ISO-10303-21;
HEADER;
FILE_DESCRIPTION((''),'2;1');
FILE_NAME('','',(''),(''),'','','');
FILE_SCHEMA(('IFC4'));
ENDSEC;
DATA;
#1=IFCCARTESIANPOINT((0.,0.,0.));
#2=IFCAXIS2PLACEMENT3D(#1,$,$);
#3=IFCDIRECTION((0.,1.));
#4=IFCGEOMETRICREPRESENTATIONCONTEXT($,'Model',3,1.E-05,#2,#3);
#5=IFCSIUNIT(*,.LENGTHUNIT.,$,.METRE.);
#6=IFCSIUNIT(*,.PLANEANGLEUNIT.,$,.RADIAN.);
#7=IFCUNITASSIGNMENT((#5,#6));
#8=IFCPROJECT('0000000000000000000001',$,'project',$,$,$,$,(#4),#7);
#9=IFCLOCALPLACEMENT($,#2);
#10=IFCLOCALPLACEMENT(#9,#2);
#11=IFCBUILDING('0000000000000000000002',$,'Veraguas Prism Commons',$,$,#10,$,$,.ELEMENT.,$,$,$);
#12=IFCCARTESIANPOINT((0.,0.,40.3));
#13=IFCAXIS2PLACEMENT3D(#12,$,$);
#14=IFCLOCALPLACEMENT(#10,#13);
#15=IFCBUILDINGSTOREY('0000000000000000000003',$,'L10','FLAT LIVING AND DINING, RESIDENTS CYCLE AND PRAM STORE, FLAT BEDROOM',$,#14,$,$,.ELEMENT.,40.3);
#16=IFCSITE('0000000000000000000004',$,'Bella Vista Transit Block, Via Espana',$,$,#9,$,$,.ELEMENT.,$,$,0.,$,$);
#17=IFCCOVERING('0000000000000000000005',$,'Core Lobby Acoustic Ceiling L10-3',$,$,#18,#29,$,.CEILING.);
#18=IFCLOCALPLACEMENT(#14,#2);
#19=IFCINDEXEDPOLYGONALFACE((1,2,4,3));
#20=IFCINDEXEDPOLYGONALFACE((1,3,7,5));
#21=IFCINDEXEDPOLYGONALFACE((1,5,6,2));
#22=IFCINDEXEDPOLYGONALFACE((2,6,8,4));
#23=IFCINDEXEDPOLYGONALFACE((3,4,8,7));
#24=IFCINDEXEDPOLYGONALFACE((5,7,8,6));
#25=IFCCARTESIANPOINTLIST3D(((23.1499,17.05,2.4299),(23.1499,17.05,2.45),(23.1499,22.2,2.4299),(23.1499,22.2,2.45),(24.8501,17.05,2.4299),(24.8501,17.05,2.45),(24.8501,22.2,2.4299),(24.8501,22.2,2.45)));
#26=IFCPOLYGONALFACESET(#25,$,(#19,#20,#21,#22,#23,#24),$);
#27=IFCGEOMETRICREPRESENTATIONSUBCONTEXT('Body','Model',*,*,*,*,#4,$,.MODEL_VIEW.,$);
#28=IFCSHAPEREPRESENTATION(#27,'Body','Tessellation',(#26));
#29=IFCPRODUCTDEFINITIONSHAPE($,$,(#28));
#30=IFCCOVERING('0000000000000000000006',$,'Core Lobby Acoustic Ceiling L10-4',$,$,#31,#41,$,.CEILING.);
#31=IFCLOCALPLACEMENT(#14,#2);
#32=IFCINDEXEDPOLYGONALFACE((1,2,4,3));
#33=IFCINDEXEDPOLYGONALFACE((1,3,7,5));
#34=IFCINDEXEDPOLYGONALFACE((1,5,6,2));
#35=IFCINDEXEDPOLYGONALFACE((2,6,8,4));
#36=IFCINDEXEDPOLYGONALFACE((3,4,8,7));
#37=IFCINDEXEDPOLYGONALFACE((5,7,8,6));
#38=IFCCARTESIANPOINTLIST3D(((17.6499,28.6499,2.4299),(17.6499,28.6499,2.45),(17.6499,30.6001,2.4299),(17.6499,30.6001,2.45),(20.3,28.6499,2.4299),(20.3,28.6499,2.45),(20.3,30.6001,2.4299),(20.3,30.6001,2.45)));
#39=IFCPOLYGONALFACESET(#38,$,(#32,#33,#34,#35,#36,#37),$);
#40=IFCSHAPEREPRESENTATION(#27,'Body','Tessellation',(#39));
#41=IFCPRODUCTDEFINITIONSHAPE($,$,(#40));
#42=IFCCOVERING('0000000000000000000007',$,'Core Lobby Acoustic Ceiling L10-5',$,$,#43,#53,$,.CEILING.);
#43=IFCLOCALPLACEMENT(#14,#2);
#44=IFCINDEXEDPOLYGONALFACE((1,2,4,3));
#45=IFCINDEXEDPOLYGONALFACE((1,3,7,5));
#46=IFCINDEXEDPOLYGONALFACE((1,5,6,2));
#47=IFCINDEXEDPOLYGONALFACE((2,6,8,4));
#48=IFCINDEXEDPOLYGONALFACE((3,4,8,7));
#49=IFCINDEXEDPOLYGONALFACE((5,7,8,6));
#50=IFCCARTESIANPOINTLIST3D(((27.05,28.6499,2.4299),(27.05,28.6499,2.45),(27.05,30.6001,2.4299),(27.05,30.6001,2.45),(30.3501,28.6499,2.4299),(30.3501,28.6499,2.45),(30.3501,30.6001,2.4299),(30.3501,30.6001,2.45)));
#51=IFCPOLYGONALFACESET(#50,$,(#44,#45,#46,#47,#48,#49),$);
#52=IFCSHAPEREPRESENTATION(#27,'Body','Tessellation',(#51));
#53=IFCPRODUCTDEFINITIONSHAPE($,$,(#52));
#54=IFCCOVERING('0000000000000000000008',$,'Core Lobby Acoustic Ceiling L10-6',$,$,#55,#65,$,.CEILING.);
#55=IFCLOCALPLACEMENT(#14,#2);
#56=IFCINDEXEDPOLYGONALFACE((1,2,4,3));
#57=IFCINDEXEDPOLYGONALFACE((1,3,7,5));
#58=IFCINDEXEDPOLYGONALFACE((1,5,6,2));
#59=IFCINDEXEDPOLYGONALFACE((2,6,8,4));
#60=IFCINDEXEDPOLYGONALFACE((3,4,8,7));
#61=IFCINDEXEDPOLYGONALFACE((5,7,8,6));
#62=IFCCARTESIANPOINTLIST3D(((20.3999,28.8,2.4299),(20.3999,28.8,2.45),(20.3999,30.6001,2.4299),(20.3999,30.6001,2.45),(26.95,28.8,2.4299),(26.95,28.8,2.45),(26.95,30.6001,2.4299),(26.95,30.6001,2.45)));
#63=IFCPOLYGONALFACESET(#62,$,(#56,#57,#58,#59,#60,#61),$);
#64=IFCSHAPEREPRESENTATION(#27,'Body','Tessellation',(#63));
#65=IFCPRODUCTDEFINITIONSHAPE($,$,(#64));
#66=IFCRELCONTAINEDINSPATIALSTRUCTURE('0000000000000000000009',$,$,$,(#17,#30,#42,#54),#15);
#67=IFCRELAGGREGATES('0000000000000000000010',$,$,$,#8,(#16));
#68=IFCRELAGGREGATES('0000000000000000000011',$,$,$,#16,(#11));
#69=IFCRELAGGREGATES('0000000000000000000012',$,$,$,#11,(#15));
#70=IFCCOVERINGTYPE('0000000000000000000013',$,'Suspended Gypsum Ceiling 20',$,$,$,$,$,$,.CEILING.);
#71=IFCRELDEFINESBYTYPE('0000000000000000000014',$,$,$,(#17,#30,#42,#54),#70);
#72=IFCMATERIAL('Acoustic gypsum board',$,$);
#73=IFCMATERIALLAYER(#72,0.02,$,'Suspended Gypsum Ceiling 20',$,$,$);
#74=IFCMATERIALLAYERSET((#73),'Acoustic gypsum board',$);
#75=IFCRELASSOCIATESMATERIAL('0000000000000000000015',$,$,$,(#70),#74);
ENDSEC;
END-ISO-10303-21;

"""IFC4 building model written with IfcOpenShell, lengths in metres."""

from ifc_helpers import new_model, si_unit, direction, frame, origin, place, context, subcontext, project, spatial, polyline, outline, extrude, material, layer, layer_set, type_object, element, save


model = new_model("IFC4")

# Units and contexts
model_context = context("Model", 3, precision=1e-05, world=origin(), true_north=direction((0.0, 1.0)))
body_context = subcontext(model_context, "Body", "Model", "MODEL_VIEW")
ifc_project = project(units=[si_unit("LENGTHUNIT", "METRE"), si_unit("PLANEANGLEUNIT", "RADIAN")], contexts=[model_context])

# Site, building, storey
site_placement = place(None, origin())
site = spatial("IfcSite", under=ifc_project, at=site_placement, Name="Bella Vista Transit Block, Via Espana", CompositionType="ELEMENT", RefElevation=0.0)
building_placement = place(site_placement, origin())
building = spatial("IfcBuilding", under=site, at=building_placement, Name="Veraguas Prism Commons", CompositionType="ELEMENT")
storey_placement = place(building_placement, frame((0.0, 0.0, 40.3)))
storey = spatial("IfcBuildingStorey", under=building, at=storey_placement, Name="L10", Description="FLAT LIVING AND DINING, RESIDENTS CYCLE AND PRAM STORE, FLAT BEDROOM", CompositionType="ELEMENT", Elevation=40.3)

# Coverings
ifc_material_1 = material(Name="Acoustic gypsum board")
ifc_layer_1 = layer(ifc_material_1, 0.02, Name="Suspended Gypsum Ceiling 20")
ifc_layer_set_1 = layer_set([ifc_layer_1], Name="Acoustic gypsum board")
covering_type_1 = type_object("IfcCoveringType", Name="Suspended Gypsum Ceiling 20", PredefinedType="CEILING", material=ifc_layer_set_1)
covering_1_placement = place(storey_placement, frame((0.0, 0.0, 2.4299)))
element("IfcCovering", 1, at=covering_1_placement, inside=storey, type_object=covering_type_1, Name="Core Lobby Acoustic Ceiling L10-3", PredefinedType="CEILING", context=body_context, shape_type="SweptSolid", body=[
    extrude(outline(polyline([(23.1499, 17.05), (24.8501, 17.05), (24.8501, 22.2), (23.1499, 22.2), (23.1499, 17.05)])), origin(), (0.0, 0.0, 1.0), 0.02),
])
covering_2_placement = place(storey_placement, frame((0.0, 0.0, 2.4299)))
element("IfcCovering", 2, at=covering_2_placement, inside=storey, type_object=covering_type_1, Name="Core Lobby Acoustic Ceiling L10-4", PredefinedType="CEILING", context=body_context, shape_type="SweptSolid", body=[
    extrude(outline(polyline([(17.6499, 28.6499), (20.3, 28.6499), (20.3, 30.6001), (17.6499, 30.6001), (17.6499, 28.6499)])), origin(), (0.0, 0.0, 1.0), 0.02),
])
covering_3_placement = place(storey_placement, frame((0.0, 0.0, 2.4299)))
element("IfcCovering", 3, at=covering_3_placement, inside=storey, type_object=covering_type_1, Name="Core Lobby Acoustic Ceiling L10-5", PredefinedType="CEILING", context=body_context, shape_type="SweptSolid", body=[
    extrude(outline(polyline([(27.05, 28.6499), (30.3501, 28.6499), (30.3501, 30.6001), (27.05, 30.6001), (27.05, 28.6499)])), origin(), (0.0, 0.0, 1.0), 0.02),
])
covering_4_placement = place(storey_placement, frame((0.0, 0.0, 2.4299)))
element("IfcCovering", 4, at=covering_4_placement, inside=storey, type_object=covering_type_1, Name="Core Lobby Acoustic Ceiling L10-6", PredefinedType="CEILING", context=body_context, shape_type="SweptSolid", body=[
    extrude(outline(polyline([(20.3999, 28.8), (26.95, 28.8), (26.95, 30.6001), (20.3999, 30.6001), (20.3999, 28.8)])), origin(), (0.0, 0.0, 1.0), 0.02),
])

save(model, "model.ifc")
